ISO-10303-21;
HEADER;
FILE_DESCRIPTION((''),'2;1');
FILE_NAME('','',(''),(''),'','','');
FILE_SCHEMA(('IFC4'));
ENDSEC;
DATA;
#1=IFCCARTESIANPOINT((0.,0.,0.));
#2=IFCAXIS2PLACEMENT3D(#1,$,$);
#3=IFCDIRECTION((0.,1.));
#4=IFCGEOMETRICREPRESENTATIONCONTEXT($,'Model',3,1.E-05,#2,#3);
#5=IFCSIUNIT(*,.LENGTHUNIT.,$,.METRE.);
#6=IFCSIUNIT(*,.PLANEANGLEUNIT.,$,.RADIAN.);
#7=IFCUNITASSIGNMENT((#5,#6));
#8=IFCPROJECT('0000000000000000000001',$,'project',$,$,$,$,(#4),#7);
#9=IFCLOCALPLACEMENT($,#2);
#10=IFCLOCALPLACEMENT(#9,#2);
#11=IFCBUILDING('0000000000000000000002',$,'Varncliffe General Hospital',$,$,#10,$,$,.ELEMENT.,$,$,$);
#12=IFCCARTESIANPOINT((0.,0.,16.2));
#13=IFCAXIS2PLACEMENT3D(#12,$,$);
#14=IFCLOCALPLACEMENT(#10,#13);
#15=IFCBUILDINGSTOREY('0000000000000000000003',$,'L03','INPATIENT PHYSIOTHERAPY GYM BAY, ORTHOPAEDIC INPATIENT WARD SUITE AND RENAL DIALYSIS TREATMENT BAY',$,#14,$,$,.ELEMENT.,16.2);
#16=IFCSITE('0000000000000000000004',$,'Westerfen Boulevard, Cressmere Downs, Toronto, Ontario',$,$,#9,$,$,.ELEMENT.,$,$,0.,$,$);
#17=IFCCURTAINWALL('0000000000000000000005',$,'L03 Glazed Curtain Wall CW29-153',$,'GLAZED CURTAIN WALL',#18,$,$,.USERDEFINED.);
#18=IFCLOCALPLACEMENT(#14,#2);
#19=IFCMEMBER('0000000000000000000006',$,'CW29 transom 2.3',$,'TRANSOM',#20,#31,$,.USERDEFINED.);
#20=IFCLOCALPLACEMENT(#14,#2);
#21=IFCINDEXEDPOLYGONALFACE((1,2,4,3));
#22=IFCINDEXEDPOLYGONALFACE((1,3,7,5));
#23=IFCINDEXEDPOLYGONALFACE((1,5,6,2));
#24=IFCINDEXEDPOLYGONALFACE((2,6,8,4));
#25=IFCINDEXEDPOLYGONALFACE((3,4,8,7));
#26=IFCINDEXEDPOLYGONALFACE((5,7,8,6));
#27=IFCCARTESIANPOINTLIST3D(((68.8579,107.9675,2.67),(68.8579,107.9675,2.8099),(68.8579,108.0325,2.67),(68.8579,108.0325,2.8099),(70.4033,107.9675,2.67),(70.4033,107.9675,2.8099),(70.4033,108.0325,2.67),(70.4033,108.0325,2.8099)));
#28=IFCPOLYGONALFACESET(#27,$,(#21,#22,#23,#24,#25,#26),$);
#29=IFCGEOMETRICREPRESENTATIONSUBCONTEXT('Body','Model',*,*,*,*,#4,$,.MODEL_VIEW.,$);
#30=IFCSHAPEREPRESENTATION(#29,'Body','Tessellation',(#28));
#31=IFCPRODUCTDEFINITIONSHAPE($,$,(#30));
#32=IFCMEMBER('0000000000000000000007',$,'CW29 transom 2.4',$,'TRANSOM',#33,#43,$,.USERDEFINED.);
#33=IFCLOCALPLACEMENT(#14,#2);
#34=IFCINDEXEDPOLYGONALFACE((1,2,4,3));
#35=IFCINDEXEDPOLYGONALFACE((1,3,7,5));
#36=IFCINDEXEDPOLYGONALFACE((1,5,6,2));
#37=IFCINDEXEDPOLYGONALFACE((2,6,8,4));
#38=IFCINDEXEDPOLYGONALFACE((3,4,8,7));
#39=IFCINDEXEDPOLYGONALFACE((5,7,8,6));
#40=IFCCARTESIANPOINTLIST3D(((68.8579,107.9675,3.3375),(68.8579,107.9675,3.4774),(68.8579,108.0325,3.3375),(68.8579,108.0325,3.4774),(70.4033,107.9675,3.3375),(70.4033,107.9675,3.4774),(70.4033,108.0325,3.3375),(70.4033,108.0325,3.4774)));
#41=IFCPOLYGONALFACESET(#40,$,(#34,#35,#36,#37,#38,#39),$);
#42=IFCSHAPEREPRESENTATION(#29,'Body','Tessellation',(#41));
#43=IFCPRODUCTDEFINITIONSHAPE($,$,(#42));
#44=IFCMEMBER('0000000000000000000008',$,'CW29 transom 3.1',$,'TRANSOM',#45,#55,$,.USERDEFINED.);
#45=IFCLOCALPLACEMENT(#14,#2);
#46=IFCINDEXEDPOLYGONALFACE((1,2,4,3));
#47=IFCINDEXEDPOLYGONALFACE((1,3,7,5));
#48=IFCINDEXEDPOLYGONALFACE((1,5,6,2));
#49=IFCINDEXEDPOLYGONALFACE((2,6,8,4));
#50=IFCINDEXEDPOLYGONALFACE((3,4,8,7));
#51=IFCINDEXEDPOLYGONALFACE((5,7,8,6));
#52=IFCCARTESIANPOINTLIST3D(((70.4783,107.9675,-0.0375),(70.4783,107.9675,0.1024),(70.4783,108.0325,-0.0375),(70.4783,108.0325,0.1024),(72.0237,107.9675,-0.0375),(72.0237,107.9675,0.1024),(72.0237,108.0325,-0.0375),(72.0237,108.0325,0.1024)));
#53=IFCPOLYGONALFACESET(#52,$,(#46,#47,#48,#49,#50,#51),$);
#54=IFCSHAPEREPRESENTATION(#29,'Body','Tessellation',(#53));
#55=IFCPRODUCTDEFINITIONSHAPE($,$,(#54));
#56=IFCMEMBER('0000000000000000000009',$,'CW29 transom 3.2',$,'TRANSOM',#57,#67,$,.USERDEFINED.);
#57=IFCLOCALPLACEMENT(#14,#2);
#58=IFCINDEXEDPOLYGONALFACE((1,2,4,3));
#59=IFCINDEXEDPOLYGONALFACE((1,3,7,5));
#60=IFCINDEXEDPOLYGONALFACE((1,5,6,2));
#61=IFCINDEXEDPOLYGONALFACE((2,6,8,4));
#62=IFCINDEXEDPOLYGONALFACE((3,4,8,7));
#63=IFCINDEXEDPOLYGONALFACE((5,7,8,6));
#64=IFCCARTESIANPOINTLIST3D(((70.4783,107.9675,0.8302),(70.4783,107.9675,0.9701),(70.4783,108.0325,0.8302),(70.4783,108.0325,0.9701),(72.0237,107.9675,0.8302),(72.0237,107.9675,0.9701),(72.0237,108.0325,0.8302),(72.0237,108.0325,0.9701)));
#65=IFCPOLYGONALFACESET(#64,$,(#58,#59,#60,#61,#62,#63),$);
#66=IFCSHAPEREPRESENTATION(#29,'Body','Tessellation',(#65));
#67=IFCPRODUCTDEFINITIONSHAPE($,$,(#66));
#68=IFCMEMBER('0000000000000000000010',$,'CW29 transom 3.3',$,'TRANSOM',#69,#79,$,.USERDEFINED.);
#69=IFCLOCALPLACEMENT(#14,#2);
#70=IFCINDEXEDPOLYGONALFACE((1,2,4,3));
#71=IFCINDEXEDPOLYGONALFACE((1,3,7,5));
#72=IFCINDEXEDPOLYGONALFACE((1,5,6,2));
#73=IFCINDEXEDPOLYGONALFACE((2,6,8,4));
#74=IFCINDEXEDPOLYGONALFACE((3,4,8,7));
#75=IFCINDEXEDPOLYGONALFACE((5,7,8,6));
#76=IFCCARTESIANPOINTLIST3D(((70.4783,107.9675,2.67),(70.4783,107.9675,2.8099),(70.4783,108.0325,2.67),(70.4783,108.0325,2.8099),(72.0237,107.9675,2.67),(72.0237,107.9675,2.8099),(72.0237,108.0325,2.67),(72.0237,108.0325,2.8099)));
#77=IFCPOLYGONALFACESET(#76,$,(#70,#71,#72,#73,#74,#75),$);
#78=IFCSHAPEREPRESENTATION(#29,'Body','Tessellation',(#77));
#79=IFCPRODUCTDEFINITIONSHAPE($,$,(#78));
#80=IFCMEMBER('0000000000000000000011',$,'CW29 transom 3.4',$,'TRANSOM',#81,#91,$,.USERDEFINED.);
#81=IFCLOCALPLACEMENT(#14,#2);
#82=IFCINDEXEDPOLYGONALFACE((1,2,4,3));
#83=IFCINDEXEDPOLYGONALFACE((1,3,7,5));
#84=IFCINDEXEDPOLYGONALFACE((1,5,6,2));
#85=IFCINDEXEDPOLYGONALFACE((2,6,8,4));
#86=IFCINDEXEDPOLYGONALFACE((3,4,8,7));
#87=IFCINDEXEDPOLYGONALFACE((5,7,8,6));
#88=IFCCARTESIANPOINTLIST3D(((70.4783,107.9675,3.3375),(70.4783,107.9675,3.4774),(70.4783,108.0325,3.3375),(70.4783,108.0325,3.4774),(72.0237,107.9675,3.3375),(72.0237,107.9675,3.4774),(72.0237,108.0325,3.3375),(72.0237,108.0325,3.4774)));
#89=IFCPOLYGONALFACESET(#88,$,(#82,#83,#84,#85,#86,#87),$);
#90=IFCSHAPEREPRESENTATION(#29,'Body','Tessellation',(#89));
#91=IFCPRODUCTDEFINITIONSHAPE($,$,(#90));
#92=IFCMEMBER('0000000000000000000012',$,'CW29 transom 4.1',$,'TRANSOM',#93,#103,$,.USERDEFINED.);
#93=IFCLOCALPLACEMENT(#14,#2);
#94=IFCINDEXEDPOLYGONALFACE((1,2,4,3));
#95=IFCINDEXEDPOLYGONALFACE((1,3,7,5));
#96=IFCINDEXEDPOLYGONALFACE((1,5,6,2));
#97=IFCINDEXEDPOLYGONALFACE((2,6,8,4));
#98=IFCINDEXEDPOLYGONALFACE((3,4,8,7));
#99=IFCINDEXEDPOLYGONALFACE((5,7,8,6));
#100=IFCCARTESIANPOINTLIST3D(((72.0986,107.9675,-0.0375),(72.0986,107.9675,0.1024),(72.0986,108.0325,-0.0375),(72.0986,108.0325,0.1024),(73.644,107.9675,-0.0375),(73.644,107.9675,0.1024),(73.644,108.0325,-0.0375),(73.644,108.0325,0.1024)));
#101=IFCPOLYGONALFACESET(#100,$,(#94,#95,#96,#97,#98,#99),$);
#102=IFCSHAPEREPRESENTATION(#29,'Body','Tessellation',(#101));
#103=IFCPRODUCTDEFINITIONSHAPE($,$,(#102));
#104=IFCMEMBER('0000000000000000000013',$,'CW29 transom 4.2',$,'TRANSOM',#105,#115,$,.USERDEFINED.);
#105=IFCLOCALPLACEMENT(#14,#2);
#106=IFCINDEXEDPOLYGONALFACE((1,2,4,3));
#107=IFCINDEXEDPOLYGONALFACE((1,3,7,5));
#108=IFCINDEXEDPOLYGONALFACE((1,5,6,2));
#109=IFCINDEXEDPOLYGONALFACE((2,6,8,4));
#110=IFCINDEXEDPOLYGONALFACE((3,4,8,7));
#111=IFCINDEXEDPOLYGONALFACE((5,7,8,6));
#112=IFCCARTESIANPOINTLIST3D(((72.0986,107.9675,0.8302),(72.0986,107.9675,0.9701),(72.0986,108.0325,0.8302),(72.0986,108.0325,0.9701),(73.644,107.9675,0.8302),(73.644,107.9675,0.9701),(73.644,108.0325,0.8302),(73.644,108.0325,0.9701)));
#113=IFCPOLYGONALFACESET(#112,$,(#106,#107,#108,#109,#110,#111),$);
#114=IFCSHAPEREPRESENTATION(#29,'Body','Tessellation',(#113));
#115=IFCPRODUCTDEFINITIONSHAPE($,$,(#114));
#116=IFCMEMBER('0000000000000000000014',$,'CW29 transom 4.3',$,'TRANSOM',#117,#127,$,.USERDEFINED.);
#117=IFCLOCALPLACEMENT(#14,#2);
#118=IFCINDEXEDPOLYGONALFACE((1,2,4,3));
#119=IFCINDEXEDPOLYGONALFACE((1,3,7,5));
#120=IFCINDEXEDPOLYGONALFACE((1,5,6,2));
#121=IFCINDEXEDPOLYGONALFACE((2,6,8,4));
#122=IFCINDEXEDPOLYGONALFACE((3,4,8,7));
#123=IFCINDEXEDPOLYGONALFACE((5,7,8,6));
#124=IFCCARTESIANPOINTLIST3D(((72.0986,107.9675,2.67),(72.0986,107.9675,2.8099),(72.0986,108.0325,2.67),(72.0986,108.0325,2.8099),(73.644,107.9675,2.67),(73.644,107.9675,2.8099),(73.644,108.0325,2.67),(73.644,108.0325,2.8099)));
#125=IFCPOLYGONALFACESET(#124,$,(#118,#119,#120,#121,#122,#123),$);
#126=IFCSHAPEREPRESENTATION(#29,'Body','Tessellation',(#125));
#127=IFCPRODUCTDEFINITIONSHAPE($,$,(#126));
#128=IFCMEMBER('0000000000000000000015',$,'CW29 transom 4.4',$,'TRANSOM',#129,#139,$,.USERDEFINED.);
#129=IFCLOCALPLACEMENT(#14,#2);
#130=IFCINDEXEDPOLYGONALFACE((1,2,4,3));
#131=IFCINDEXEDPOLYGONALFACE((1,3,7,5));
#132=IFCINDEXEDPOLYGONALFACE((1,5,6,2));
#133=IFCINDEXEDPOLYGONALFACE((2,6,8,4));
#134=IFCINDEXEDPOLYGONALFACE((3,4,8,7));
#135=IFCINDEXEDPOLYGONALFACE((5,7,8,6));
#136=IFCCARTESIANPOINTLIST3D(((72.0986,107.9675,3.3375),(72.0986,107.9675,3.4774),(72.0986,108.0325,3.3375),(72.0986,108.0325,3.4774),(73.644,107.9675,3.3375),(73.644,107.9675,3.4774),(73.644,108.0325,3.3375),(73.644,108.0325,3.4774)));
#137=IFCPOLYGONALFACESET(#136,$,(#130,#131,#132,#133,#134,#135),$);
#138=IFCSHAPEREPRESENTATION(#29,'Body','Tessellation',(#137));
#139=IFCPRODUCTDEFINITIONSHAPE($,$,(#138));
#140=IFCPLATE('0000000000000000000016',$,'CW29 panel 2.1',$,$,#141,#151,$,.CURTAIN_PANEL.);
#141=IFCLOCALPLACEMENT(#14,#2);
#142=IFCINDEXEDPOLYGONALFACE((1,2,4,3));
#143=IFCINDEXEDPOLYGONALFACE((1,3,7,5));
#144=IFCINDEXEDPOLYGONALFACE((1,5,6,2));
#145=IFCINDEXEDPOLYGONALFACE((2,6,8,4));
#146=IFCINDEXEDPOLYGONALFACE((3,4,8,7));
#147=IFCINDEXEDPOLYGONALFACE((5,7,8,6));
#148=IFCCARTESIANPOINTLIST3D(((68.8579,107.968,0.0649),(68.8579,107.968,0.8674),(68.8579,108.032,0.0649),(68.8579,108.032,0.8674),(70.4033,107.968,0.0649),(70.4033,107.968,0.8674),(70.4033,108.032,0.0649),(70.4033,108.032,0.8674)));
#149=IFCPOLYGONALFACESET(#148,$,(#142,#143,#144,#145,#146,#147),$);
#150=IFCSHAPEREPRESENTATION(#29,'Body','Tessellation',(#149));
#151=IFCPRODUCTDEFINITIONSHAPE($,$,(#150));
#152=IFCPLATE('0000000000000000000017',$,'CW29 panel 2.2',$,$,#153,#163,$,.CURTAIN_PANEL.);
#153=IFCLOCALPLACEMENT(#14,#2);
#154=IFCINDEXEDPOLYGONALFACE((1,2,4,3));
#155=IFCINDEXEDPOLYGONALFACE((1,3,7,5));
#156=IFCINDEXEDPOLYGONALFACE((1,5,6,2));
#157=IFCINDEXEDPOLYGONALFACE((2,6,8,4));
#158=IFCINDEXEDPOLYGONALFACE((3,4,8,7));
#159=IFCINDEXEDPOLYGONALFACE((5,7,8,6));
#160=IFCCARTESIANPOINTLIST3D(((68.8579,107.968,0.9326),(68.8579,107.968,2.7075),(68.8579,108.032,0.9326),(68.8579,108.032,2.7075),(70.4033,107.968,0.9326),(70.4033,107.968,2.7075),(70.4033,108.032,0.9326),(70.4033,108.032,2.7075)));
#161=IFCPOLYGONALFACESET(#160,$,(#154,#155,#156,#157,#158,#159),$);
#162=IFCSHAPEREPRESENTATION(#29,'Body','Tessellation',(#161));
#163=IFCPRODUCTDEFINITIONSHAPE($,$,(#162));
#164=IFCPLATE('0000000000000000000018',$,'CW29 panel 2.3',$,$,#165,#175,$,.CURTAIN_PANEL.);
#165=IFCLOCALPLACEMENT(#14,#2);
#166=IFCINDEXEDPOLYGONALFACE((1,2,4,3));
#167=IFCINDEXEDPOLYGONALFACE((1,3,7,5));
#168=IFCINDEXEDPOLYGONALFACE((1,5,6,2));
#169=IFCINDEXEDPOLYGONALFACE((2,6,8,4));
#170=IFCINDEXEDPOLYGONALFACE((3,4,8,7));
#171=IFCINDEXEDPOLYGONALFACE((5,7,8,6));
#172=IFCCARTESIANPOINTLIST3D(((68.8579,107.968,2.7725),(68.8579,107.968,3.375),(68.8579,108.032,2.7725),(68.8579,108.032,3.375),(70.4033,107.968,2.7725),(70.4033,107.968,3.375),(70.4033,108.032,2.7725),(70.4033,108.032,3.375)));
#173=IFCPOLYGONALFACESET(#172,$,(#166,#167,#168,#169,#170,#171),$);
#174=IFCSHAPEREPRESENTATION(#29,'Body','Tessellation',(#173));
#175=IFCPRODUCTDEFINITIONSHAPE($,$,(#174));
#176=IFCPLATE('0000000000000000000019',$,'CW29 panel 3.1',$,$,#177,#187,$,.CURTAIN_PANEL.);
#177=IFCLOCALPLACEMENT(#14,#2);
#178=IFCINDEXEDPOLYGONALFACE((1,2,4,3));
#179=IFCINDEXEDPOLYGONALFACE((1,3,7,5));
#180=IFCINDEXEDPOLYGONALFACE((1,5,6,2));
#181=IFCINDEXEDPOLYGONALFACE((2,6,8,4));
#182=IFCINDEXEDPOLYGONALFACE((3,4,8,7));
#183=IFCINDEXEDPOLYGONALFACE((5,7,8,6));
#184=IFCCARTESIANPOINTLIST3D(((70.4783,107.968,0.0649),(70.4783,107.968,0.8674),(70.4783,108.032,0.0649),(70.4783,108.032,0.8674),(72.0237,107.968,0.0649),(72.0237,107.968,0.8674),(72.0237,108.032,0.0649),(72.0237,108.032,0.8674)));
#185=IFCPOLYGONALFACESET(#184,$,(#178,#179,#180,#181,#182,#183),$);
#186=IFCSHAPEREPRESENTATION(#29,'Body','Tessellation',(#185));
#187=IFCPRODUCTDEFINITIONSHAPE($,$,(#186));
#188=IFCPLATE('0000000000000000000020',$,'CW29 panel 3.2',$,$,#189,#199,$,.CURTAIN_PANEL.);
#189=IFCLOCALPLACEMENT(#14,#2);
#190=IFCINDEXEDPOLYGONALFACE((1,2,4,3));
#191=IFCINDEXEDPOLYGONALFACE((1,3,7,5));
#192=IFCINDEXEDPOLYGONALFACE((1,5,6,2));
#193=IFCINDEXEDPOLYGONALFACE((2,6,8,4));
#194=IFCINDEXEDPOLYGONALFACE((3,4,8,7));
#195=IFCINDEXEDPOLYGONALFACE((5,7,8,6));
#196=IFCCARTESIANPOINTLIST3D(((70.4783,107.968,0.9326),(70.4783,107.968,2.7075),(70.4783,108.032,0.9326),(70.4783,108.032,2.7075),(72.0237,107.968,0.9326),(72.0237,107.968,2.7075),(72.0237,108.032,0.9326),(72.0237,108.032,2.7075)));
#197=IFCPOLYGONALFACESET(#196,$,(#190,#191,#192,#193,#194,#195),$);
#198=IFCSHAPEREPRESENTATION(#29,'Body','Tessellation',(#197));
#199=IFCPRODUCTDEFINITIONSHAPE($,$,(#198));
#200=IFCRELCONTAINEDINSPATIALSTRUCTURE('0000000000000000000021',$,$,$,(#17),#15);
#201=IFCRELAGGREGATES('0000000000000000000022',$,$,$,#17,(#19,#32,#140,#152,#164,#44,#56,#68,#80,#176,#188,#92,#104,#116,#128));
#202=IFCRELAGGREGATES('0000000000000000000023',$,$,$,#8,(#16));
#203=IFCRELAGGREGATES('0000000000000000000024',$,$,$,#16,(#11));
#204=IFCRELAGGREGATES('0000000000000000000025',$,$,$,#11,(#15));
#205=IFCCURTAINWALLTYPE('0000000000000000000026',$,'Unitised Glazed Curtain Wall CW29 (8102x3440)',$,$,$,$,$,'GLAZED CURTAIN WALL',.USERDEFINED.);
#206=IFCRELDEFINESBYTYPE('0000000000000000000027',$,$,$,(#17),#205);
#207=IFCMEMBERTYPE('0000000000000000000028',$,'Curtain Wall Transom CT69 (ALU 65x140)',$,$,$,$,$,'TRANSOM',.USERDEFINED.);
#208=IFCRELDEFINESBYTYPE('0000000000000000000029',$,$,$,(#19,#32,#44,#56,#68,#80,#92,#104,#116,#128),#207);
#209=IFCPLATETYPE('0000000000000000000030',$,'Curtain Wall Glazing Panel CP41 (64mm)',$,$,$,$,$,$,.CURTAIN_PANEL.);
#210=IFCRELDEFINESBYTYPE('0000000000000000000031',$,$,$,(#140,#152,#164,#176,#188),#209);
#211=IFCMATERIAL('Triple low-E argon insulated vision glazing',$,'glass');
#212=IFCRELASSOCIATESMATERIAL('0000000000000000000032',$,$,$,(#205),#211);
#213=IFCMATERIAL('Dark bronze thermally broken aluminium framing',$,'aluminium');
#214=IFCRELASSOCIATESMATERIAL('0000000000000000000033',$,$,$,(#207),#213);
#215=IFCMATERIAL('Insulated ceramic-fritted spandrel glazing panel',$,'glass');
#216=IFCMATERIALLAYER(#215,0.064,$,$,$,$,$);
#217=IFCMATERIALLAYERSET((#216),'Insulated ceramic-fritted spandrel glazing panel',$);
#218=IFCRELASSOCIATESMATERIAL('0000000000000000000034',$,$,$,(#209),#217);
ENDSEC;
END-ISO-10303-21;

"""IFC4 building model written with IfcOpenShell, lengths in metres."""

from ifc_helpers import new_model, si_unit, direction, frame, origin, origin_2d, place, context, subcontext, project, spatial, rectangle, extrude, material, layer, layer_set, material_profile, profile_set, type_object, element, aggregate, save


model = new_model("IFC4")

# Units and contexts
model_context = context("Model", 3, precision=1e-05, world=origin(), true_north=direction((0.0, 1.0)))
body_context = subcontext(model_context, "Body", "Model", "MODEL_VIEW")
ifc_project = project(units=[si_unit("LENGTHUNIT", "METRE"), si_unit("PLANEANGLEUNIT", "RADIAN")], contexts=[model_context])

# Site, building, storey
site_placement = place(None, origin())
site = spatial("IfcSite", under=ifc_project, at=site_placement, Name="Westerfen Boulevard, Cressmere Downs, Toronto, Ontario", CompositionType="ELEMENT", RefElevation=0.0)
building_placement = place(site_placement, origin())
building = spatial("IfcBuilding", under=site, at=building_placement, Name="Varncliffe General Hospital", CompositionType="ELEMENT")
storey_placement = place(building_placement, frame((0.0, 0.0, 16.2)))
storey = spatial("IfcBuildingStorey", under=building, at=storey_placement, Name="L03", Description="INPATIENT PHYSIOTHERAPY GYM BAY, ORTHOPAEDIC INPATIENT WARD SUITE AND RENAL DIALYSIS TREATMENT BAY", CompositionType="ELEMENT", Elevation=16.2)

# Curtain wall, members, plates
ifc_material_1 = material(Name="Triple low-E argon insulated vision glazing", Category="glass")
curtain_wall_type = type_object("IfcCurtainWallType", Name="Unitised Glazed Curtain Wall CW29 (8102x3440)", ElementType="GLAZED CURTAIN WALL", PredefinedType="USERDEFINED", material=ifc_material_1)
curtain_wall_placement = place(storey_placement, origin())
curtain_wall = element("IfcCurtainWall", 1, at=curtain_wall_placement, inside=storey, type_object=curtain_wall_type, Name="L03 Glazed Curtain Wall CW29-153", ObjectType="GLAZED CURTAIN WALL", PredefinedType="USERDEFINED")
ifc_material_2 = material(Name="Dark bronze thermally broken aluminium framing", Category="aluminium")
ifc_material_profile_1 = material_profile(ifc_material_2, rectangle(XDim=0.0649, YDim=0.1399, at=origin_2d()), Name="ALU 65x140")
ifc_profile_set_1 = profile_set([ifc_material_profile_1], Name="Dark bronze thermally broken aluminium framing")
member_type_1 = type_object("IfcMemberType", Name="Curtain Wall Transom CT69 (ALU 65x140)", ElementType="TRANSOM", PredefinedType="USERDEFINED", material=ifc_profile_set_1)
member_1_placement = place(storey_placement, frame((68.8579, 108.0, 2.74), z_axis=(1.0, 0.0, 0.0), x_axis=(0.0, 1.0, 0.0)))
member_1 = element("IfcMember", 2, at=member_1_placement, type_object=member_type_1, Name="CW29 transom 2.3", ObjectType="TRANSOM", PredefinedType="USERDEFINED", context=body_context, shape_type="SweptSolid", body=[
    extrude(rectangle(XDim=0.0649, YDim=0.1399, at=origin_2d()), origin(), (0.0, 0.0, 1.0), 1.5454),
])
member_2_placement = place(storey_placement, frame((68.8579, 108.0, 3.4075), z_axis=(1.0, 0.0, 0.0), x_axis=(0.0, 1.0, 0.0)))
member_2 = element("IfcMember", 3, at=member_2_placement, type_object=member_type_1, Name="CW29 transom 2.4", ObjectType="TRANSOM", PredefinedType="USERDEFINED", context=body_context, shape_type="SweptSolid", body=[
    extrude(rectangle(XDim=0.0649, YDim=0.1399, at=origin_2d()), origin(), (0.0, 0.0, 1.0), 1.5454),
])
member_3_placement = place(storey_placement, frame((70.4783, 108.0, 0.0325), z_axis=(1.0, 0.0, 0.0), x_axis=(0.0, 1.0, 0.0)))
member_3 = element("IfcMember", 4, at=member_3_placement, type_object=member_type_1, Name="CW29 transom 3.1", ObjectType="TRANSOM", PredefinedType="USERDEFINED", context=body_context, shape_type="SweptSolid", body=[
    extrude(rectangle(XDim=0.0649, YDim=0.1399, at=origin_2d()), origin(), (0.0, 0.0, 1.0), 1.5454),
])
member_4_placement = place(storey_placement, frame((70.4783, 108.0, 0.9001), z_axis=(1.0, 0.0, 0.0), x_axis=(0.0, 1.0, 0.0)))
member_4 = element("IfcMember", 5, at=member_4_placement, type_object=member_type_1, Name="CW29 transom 3.2", ObjectType="TRANSOM", PredefinedType="USERDEFINED", context=body_context, shape_type="SweptSolid", body=[
    extrude(rectangle(XDim=0.0649, YDim=0.1399, at=origin_2d()), origin(), (0.0, 0.0, 1.0), 1.5454),
])
member_5_placement = place(storey_placement, frame((70.4783, 108.0, 2.74), z_axis=(1.0, 0.0, 0.0), x_axis=(0.0, 1.0, 0.0)))
member_5 = element("IfcMember", 6, at=member_5_placement, type_object=member_type_1, Name="CW29 transom 3.3", ObjectType="TRANSOM", PredefinedType="USERDEFINED", context=body_context, shape_type="SweptSolid", body=[
    extrude(rectangle(XDim=0.0649, YDim=0.1399, at=origin_2d()), origin(), (0.0, 0.0, 1.0), 1.5454),
])
member_6_placement = place(storey_placement, frame((70.4783, 108.0, 3.4075), z_axis=(1.0, 0.0, 0.0), x_axis=(0.0, 1.0, 0.0)))
member_6 = element("IfcMember", 7, at=member_6_placement, type_object=member_type_1, Name="CW29 transom 3.4", ObjectType="TRANSOM", PredefinedType="USERDEFINED", context=body_context, shape_type="SweptSolid", body=[
    extrude(rectangle(XDim=0.0649, YDim=0.1399, at=origin_2d()), origin(), (0.0, 0.0, 1.0), 1.5454),
])
member_7_placement = place(storey_placement, frame((72.0986, 108.0, 0.0325), z_axis=(1.0, 0.0, 0.0), x_axis=(0.0, 1.0, 0.0)))
member_7 = element("IfcMember", 8, at=member_7_placement, type_object=member_type_1, Name="CW29 transom 4.1", ObjectType="TRANSOM", PredefinedType="USERDEFINED", context=body_context, shape_type="SweptSolid", body=[
    extrude(rectangle(XDim=0.0649, YDim=0.1399, at=origin_2d()), origin(), (0.0, 0.0, 1.0), 1.5454),
])
member_8_placement = place(storey_placement, frame((72.0986, 108.0, 0.9001), z_axis=(1.0, 0.0, 0.0), x_axis=(0.0, 1.0, 0.0)))
member_8 = element("IfcMember", 9, at=member_8_placement, type_object=member_type_1, Name="CW29 transom 4.2", ObjectType="TRANSOM", PredefinedType="USERDEFINED", context=body_context, shape_type="SweptSolid", body=[
    extrude(rectangle(XDim=0.0649, YDim=0.1399, at=origin_2d()), origin(), (0.0, 0.0, 1.0), 1.5454),
])
member_9_placement = place(storey_placement, frame((72.0986, 108.0, 2.74), z_axis=(1.0, 0.0, 0.0), x_axis=(0.0, 1.0, 0.0)))
member_9 = element("IfcMember", 10, at=member_9_placement, type_object=member_type_1, Name="CW29 transom 4.3", ObjectType="TRANSOM", PredefinedType="USERDEFINED", context=body_context, shape_type="SweptSolid", body=[
    extrude(rectangle(XDim=0.0649, YDim=0.1399, at=origin_2d()), origin(), (0.0, 0.0, 1.0), 1.5454),
])
member_10_placement = place(storey_placement, frame((72.0986, 108.0, 3.4075), z_axis=(1.0, 0.0, 0.0), x_axis=(0.0, 1.0, 0.0)))
member_10 = element("IfcMember", 11, at=member_10_placement, type_object=member_type_1, Name="CW29 transom 4.4", ObjectType="TRANSOM", PredefinedType="USERDEFINED", context=body_context, shape_type="SweptSolid", body=[
    extrude(rectangle(XDim=0.0649, YDim=0.1399, at=origin_2d()), origin(), (0.0, 0.0, 1.0), 1.5454),
])
ifc_material_3 = material(Name="Insulated ceramic-fritted spandrel glazing panel", Category="glass")
ifc_layer_1 = layer(ifc_material_3, 0.064)
ifc_layer_set_1 = layer_set([ifc_layer_1], Name="Insulated ceramic-fritted spandrel glazing panel")
plate_type = type_object("IfcPlateType", Name="Curtain Wall Glazing Panel CP41 (64mm)", PredefinedType="CURTAIN_PANEL", material=ifc_layer_set_1)
plate_1_placement = place(storey_placement, frame((69.6306, 108.0, 0.0649), z_axis=(0.0, 0.0, 1.0), x_axis=(1.0, 0.0, 0.0)))
plate_1 = element("IfcPlate", 12, at=plate_1_placement, type_object=plate_type, Name="CW29 panel 2.1", PredefinedType="CURTAIN_PANEL", context=body_context, shape_type="SweptSolid", body=[
    extrude(rectangle(XDim=1.5454, YDim=0.064, at=origin_2d()), origin(), (0.0, 0.0, 1.0), 0.8025),
])
plate_2_placement = place(storey_placement, frame((69.6306, 108.0, 0.9326), z_axis=(0.0, 0.0, 1.0), x_axis=(1.0, 0.0, 0.0)))
plate_2 = element("IfcPlate", 13, at=plate_2_placement, type_object=plate_type, Name="CW29 panel 2.2", PredefinedType="CURTAIN_PANEL", context=body_context, shape_type="SweptSolid", body=[
    extrude(rectangle(XDim=1.5454, YDim=0.064, at=origin_2d()), origin(), (0.0, 0.0, 1.0), 1.7749),
])
plate_3_placement = place(storey_placement, frame((69.6306, 108.0, 2.7725), z_axis=(0.0, 0.0, 1.0), x_axis=(1.0, 0.0, 0.0)))
plate_3 = element("IfcPlate", 14, at=plate_3_placement, type_object=plate_type, Name="CW29 panel 2.3", PredefinedType="CURTAIN_PANEL", context=body_context, shape_type="SweptSolid", body=[
    extrude(rectangle(XDim=1.5454, YDim=0.064, at=origin_2d()), origin(), (0.0, 0.0, 1.0), 0.6025),
])
plate_4_placement = place(storey_placement, frame((71.251, 108.0, 0.0649), z_axis=(0.0, 0.0, 1.0), x_axis=(1.0, 0.0, 0.0)))
plate_4 = element("IfcPlate", 15, at=plate_4_placement, type_object=plate_type, Name="CW29 panel 3.1", PredefinedType="CURTAIN_PANEL", context=body_context, shape_type="SweptSolid", body=[
    extrude(rectangle(XDim=1.5454, YDim=0.064, at=origin_2d()), origin(), (0.0, 0.0, 1.0), 0.8025),
])
plate_5_placement = place(storey_placement, frame((71.251, 108.0, 0.9326), z_axis=(0.0, 0.0, 1.0), x_axis=(1.0, 0.0, 0.0)))
plate_5 = element("IfcPlate", 16, at=plate_5_placement, type_object=plate_type, Name="CW29 panel 3.2", PredefinedType="CURTAIN_PANEL", context=body_context, shape_type="SweptSolid", body=[
    extrude(rectangle(XDim=1.5454, YDim=0.064, at=origin_2d()), origin(), (0.0, 0.0, 1.0), 1.7749),
])
aggregate(curtain_wall, [member_1, member_2, plate_1, plate_2, plate_3, member_3, member_4, member_5, member_6, plate_4, plate_5, member_7, member_8, member_9, member_10])

save(model, "model.ifc")
